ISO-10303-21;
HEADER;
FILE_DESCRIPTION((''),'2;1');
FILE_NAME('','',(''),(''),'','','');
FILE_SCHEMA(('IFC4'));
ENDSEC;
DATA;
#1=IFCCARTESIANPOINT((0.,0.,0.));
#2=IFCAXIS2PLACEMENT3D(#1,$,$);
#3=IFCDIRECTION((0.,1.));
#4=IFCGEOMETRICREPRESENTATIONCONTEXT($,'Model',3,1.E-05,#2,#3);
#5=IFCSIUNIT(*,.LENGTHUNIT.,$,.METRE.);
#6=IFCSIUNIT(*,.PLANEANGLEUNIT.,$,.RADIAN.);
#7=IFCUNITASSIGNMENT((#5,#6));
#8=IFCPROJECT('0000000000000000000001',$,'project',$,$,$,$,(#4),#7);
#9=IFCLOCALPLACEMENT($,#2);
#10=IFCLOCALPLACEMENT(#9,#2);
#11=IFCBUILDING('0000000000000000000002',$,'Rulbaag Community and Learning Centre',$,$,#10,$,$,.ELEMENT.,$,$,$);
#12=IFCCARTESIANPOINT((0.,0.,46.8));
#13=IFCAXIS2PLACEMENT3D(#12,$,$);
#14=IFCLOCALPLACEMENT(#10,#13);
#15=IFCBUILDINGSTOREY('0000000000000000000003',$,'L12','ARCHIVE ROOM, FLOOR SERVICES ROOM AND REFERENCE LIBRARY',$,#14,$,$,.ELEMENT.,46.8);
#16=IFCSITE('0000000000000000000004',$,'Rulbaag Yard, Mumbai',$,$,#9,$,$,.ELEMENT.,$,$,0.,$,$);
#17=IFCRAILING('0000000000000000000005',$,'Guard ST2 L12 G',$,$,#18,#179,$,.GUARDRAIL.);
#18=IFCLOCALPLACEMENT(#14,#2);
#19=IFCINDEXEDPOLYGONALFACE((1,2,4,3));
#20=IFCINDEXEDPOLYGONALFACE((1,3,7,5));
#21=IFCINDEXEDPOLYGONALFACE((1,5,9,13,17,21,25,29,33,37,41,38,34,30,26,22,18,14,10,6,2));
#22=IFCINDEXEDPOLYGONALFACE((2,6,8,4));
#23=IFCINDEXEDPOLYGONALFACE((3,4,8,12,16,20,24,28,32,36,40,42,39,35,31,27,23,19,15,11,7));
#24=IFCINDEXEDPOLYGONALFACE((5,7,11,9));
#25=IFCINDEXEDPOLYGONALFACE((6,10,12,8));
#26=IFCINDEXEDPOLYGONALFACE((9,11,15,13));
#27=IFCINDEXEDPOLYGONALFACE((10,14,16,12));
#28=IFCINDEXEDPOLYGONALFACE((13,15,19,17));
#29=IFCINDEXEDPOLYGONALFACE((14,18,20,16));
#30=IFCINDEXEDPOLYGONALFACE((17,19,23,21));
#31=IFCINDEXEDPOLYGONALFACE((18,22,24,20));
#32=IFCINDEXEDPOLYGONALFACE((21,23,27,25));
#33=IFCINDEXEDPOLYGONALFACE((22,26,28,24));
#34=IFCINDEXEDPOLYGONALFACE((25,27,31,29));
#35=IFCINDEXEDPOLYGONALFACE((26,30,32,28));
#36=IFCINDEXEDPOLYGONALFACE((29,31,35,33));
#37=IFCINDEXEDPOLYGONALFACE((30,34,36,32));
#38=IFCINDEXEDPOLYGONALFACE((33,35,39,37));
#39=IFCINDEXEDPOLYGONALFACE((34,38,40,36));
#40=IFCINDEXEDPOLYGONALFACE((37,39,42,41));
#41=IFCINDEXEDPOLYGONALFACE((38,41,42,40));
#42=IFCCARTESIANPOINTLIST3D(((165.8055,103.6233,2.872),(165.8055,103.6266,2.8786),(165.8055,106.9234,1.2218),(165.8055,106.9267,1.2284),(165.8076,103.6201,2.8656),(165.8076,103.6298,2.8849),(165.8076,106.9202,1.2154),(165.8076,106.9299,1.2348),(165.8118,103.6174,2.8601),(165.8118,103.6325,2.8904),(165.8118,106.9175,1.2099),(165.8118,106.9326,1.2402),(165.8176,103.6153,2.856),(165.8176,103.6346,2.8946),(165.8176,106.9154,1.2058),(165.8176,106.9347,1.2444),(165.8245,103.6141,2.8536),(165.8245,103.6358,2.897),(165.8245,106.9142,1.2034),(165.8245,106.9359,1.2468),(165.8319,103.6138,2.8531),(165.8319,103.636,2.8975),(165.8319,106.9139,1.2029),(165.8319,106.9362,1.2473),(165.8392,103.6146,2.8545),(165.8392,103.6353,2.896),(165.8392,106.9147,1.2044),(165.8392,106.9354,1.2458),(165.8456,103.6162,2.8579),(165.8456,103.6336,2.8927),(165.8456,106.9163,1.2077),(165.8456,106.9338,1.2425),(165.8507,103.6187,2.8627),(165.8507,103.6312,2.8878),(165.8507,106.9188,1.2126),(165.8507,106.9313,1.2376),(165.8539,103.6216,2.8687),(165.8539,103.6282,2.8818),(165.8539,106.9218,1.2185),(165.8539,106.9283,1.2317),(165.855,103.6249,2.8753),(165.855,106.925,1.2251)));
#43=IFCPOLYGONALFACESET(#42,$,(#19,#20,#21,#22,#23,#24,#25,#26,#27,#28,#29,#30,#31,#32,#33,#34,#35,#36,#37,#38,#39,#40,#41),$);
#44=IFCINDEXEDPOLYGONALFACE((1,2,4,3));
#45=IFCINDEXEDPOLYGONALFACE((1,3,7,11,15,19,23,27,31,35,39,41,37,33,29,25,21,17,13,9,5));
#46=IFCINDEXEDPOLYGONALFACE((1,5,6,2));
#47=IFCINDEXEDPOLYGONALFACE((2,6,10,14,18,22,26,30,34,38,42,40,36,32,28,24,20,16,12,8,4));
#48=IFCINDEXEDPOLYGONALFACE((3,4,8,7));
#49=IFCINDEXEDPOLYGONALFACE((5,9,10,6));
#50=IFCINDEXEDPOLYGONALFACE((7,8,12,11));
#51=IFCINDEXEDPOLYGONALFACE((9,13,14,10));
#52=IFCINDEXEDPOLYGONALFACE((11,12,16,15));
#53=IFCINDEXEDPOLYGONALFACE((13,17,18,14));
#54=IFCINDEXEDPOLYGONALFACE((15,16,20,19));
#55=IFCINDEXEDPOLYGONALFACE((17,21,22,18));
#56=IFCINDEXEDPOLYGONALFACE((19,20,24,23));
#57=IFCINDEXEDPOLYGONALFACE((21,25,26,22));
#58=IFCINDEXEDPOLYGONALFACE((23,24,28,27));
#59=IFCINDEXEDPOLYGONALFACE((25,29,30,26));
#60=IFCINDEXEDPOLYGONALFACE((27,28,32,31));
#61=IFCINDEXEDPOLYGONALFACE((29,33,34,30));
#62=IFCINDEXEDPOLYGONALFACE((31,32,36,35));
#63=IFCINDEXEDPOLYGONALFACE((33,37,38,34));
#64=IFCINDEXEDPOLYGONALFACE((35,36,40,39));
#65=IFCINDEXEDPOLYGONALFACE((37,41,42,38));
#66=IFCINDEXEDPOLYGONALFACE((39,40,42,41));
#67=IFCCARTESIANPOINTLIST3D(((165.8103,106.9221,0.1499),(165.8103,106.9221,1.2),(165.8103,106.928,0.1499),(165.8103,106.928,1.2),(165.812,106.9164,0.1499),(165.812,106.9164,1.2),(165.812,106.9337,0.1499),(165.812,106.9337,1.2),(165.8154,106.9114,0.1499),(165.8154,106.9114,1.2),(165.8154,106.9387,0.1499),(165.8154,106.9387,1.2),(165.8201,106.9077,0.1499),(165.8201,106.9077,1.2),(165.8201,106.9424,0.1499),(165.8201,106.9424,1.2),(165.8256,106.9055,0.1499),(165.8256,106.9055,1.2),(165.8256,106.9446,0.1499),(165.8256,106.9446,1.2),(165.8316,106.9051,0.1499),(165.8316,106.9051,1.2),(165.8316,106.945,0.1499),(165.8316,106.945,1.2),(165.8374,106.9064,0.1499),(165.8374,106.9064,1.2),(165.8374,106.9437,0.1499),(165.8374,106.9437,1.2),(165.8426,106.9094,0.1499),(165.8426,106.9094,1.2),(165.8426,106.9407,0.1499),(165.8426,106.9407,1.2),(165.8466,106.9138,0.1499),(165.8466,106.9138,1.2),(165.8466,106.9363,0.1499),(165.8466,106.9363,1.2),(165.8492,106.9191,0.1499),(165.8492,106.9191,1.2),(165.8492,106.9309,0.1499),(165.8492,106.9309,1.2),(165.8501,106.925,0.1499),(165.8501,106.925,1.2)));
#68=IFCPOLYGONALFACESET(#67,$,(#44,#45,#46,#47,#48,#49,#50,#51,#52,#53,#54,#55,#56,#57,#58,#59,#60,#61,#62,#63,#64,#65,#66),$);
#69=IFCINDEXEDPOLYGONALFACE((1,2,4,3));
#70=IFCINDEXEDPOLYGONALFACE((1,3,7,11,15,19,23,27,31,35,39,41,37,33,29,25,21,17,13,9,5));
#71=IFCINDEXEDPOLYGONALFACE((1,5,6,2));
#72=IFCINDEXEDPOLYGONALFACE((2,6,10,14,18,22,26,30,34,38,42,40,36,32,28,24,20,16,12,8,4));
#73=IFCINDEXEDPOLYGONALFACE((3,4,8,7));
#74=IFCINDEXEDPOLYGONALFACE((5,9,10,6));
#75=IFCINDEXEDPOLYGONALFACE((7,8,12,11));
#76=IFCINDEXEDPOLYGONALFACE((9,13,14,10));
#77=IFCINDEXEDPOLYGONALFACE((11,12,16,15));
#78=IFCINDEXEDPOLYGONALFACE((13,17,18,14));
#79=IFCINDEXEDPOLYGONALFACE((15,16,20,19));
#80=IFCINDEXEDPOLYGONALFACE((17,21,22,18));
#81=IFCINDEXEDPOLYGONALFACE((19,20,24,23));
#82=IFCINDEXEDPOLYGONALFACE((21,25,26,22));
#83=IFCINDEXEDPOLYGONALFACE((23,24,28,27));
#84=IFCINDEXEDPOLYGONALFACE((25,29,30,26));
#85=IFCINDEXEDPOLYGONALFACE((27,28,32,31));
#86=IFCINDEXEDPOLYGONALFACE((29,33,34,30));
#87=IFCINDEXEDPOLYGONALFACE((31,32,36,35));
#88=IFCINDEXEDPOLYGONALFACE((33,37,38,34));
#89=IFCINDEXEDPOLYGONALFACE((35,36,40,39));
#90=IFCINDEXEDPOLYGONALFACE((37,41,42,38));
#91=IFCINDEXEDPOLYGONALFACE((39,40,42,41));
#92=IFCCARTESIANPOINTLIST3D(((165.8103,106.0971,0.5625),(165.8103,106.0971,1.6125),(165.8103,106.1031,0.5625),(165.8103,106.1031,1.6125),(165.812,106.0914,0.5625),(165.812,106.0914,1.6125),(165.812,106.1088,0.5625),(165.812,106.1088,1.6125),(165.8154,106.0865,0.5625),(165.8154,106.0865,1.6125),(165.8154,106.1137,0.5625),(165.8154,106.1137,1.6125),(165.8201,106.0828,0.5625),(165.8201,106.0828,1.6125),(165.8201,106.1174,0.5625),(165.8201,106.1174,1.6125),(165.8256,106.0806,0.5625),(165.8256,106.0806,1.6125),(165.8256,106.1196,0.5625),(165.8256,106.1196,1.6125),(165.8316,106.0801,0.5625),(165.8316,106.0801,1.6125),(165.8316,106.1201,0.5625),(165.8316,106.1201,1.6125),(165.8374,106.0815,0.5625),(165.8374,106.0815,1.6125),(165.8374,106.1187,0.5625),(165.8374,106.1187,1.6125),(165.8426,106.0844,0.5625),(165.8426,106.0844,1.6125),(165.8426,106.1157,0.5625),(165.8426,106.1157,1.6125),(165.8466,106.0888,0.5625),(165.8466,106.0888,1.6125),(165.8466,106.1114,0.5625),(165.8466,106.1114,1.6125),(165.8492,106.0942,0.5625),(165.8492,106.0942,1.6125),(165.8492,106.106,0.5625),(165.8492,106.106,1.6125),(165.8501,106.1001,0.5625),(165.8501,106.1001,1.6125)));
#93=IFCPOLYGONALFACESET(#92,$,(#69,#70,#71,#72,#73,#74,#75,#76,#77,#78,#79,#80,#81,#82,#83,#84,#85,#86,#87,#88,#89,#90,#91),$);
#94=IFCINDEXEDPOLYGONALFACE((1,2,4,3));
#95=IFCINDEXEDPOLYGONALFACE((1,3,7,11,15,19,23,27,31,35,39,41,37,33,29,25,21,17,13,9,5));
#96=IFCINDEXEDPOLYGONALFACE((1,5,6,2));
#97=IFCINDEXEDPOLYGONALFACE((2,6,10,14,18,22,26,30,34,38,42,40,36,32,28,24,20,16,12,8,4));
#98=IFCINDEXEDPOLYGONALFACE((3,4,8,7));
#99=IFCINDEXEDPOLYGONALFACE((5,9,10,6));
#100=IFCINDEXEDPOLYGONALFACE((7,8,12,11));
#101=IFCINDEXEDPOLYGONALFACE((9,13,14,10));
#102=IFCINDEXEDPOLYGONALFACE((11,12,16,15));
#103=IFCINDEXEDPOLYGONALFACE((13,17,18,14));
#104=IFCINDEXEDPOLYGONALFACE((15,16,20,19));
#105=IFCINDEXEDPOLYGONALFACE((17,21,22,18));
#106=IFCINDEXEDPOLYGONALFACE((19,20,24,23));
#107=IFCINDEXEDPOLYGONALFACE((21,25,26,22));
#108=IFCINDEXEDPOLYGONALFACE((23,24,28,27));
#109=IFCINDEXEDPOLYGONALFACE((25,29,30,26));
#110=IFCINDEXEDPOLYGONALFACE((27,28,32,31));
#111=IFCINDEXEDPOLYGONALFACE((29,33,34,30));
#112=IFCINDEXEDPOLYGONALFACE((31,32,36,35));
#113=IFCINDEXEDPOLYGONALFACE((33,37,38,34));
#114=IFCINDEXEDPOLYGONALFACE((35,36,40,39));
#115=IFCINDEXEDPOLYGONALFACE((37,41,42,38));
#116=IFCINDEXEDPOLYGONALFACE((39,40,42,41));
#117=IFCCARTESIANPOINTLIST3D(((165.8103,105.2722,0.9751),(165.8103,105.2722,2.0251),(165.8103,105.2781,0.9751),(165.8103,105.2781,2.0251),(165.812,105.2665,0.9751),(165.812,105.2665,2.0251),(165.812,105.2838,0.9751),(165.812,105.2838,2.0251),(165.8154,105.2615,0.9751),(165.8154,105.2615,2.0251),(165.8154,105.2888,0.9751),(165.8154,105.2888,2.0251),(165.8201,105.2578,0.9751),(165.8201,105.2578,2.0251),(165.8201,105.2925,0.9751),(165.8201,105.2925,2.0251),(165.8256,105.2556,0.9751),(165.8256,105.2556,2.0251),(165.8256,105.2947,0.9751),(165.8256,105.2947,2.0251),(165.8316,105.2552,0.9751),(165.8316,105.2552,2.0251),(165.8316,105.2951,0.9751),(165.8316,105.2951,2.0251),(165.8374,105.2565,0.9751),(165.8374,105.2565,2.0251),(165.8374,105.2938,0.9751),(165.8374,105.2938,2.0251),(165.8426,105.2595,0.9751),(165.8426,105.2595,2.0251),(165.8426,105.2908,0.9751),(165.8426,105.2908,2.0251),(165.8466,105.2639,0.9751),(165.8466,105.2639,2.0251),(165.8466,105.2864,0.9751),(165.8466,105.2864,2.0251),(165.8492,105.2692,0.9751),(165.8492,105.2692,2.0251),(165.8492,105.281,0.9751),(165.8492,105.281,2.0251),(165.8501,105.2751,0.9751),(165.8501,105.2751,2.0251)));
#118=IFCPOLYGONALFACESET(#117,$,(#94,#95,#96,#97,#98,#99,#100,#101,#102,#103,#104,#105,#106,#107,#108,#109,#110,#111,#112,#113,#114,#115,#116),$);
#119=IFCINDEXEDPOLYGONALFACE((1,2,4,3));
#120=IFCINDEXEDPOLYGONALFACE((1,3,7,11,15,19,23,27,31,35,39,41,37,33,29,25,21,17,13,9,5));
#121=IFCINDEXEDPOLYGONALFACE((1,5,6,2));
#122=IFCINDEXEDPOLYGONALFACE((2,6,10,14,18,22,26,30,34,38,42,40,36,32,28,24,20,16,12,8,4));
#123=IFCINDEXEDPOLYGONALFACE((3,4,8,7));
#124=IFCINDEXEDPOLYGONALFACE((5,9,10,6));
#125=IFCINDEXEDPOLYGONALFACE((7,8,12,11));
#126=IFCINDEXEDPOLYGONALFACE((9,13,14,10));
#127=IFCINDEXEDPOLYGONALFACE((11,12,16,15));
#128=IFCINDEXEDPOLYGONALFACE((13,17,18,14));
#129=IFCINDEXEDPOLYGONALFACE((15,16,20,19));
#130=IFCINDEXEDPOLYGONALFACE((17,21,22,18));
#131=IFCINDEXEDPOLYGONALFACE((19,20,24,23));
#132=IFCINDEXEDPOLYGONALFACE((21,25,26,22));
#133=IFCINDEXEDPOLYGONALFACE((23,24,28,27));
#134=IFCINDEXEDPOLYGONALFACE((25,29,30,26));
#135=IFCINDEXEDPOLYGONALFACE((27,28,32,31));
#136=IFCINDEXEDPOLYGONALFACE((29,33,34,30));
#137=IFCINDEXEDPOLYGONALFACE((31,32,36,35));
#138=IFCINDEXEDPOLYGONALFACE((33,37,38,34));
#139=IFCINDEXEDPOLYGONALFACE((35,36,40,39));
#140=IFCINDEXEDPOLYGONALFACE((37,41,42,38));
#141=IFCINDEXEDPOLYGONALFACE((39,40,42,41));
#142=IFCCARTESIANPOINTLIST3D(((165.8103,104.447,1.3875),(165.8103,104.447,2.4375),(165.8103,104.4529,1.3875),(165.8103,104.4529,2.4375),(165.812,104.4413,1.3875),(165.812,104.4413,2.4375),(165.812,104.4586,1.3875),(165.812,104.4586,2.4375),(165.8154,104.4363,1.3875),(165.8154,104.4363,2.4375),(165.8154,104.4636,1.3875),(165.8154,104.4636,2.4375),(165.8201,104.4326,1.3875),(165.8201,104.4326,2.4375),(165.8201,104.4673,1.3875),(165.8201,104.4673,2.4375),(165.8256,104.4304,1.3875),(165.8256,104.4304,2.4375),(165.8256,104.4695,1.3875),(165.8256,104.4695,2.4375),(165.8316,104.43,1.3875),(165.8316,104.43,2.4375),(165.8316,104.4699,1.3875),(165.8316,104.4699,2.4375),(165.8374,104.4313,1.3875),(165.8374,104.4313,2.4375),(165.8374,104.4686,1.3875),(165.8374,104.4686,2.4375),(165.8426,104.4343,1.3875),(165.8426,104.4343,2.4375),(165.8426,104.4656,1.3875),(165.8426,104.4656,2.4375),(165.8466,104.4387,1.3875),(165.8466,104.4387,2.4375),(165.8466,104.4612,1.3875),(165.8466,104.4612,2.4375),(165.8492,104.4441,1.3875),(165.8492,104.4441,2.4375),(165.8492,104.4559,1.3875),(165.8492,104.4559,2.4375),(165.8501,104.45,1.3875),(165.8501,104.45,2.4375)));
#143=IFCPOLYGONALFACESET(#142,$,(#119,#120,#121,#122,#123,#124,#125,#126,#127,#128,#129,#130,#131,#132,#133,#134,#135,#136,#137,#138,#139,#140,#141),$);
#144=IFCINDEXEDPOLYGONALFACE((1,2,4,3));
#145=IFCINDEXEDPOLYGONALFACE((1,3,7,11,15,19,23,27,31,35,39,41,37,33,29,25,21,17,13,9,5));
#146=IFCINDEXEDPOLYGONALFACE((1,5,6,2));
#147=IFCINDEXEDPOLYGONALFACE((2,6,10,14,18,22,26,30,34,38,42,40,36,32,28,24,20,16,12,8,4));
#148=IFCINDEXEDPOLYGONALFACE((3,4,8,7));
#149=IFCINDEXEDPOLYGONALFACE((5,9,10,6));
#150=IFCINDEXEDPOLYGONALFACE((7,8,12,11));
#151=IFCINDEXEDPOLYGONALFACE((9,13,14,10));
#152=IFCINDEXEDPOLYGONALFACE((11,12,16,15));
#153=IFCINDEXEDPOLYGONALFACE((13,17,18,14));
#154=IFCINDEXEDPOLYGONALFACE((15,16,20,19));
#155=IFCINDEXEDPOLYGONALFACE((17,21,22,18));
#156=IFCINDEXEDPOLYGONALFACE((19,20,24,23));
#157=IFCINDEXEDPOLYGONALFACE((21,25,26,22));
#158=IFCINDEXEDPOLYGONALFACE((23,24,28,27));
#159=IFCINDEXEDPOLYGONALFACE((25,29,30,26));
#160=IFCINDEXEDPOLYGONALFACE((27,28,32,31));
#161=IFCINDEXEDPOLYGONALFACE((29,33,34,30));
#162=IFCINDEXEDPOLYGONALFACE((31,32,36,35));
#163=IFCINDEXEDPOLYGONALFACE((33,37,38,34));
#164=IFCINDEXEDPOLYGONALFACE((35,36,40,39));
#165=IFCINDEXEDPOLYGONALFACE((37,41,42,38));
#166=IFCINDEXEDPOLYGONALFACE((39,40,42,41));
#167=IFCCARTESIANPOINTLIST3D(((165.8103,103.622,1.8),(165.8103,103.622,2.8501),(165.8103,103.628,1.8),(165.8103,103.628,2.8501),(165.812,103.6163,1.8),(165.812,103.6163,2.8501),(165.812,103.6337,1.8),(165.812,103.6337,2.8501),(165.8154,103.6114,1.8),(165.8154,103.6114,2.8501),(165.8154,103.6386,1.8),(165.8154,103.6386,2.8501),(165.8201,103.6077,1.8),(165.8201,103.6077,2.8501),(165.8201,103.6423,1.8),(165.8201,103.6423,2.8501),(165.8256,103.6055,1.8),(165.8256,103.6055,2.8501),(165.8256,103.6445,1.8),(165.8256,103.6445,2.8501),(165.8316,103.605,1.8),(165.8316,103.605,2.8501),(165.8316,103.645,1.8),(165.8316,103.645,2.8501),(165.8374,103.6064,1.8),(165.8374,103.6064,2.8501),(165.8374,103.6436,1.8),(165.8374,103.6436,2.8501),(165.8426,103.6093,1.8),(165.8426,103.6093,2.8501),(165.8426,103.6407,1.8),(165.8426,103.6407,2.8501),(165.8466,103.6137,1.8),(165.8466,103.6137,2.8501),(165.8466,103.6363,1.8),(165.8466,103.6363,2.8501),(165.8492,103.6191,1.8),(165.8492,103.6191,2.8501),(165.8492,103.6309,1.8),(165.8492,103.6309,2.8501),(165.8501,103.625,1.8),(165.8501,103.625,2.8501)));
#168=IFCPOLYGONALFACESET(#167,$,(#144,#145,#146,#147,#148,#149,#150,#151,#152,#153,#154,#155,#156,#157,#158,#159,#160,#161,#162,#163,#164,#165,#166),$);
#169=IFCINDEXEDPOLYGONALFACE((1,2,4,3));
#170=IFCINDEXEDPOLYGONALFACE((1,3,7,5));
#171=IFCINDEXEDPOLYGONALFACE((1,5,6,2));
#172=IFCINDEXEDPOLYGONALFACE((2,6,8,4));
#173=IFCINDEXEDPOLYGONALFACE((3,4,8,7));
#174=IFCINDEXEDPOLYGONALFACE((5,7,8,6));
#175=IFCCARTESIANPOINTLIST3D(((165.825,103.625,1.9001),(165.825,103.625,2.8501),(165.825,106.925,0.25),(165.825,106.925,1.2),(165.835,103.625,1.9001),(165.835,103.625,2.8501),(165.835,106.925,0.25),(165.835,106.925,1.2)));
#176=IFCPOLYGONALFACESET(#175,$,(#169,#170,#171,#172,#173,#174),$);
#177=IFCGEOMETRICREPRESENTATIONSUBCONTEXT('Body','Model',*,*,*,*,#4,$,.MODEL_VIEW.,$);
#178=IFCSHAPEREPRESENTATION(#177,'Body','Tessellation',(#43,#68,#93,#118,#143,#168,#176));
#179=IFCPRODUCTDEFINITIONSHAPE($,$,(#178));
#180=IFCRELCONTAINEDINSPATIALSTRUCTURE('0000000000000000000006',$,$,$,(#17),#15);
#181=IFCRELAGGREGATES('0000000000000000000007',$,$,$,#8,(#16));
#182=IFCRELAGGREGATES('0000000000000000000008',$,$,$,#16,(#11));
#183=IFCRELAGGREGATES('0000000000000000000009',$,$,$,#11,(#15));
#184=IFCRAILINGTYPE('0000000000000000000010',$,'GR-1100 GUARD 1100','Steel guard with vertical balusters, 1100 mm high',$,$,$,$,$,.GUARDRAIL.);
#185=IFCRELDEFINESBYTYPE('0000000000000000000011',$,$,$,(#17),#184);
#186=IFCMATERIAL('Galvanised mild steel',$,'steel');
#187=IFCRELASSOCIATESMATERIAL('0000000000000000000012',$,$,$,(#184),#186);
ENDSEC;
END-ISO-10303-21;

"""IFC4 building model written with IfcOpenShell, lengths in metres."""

from ifc_helpers import new_model, si_unit, direction, frame, origin, origin_2d, place, context, subcontext, project, spatial, polyline, circle, outline, extrude, material, type_object, element, save


model = new_model("IFC4")

# Units and contexts
model_context = context("Model", 3, precision=1e-05, world=origin(), true_north=direction((0.0, 1.0)))
body_context = subcontext(model_context, "Body", "Model", "MODEL_VIEW")
ifc_project = project(units=[si_unit("LENGTHUNIT", "METRE"), si_unit("PLANEANGLEUNIT", "RADIAN")], contexts=[model_context])

# Site, building, storey
site_placement = place(None, origin())
site = spatial("IfcSite", under=ifc_project, at=site_placement, Name="Rulbaag Yard, Mumbai", CompositionType="ELEMENT", RefElevation=0.0)
building_placement = place(site_placement, origin())
building = spatial("IfcBuilding", under=site, at=building_placement, Name="Rulbaag Community and Learning Centre", CompositionType="ELEMENT")
storey_placement = place(building_placement, frame((0.0, 0.0, 46.8)))
storey = spatial("IfcBuildingStorey", under=building, at=storey_placement, Name="L12", Description="ARCHIVE ROOM, FLOOR SERVICES ROOM AND REFERENCE LIBRARY", CompositionType="ELEMENT", Elevation=46.8)

# Railing
ifc_material_1 = material(Name="Galvanised mild steel", Category="steel")
railing_type_1 = type_object("IfcRailingType", Name="GR-1100 GUARD 1100", Description="Steel guard with vertical balusters, 1100 mm high", PredefinedType="GUARDRAIL", material=ifc_material_1)
railing_1_placement = place(storey_placement, frame((165.8301, 106.925, 0.1499)))
element("IfcRailing", 1, at=railing_1_placement, inside=storey, type_object=railing_type_1, Name="Guard ST2 L12 G", PredefinedType="GUARDRAIL", context=body_context, shape_type="SweptSolid", body=[
    extrude(circle(Radius=0.0249, at=origin_2d()), frame((0.0, 0.0, 1.0752), z_axis=(0.0, -0.894414, 0.44724), x_axis=(1.0, 0.0, 0.0)), (0.0, 0.0, 1.0), 3.6897),
    extrude(circle(Radius=0.02, at=origin_2d()), origin(), (0.0, 0.0, 1.0), 1.05),
    extrude(circle(Radius=0.02, at=origin_2d()), frame((0.0, -0.825, 0.4126)), (0.0, 0.0, 1.0), 1.05),
    extrude(circle(Radius=0.02, at=origin_2d()), frame((0.0, -1.6499, 0.8252)), (0.0, 0.0, 1.0), 1.05),
    extrude(circle(Radius=0.02, at=origin_2d()), frame((0.0, -2.4751, 1.2375)), (0.0, 0.0, 1.0), 1.05),
    extrude(circle(Radius=0.02, at=origin_2d()), frame((0.0, -3.3, 1.6501)), (0.0, 0.0, 1.0), 1.05),
    extrude(outline(polyline([(0.0, 0.0), (3.3, 1.6501), (3.3, 2.6001), (0.0, 0.95), (0.0, 0.0)])), frame((0.0049, 0.0, 0.1001), z_axis=(-1.0, 0.0, 0.0), x_axis=(0.0, -1.0, 0.0)), (0.0, 0.0, 1.0), 0.01),
])

save(model, "model.ifc")
